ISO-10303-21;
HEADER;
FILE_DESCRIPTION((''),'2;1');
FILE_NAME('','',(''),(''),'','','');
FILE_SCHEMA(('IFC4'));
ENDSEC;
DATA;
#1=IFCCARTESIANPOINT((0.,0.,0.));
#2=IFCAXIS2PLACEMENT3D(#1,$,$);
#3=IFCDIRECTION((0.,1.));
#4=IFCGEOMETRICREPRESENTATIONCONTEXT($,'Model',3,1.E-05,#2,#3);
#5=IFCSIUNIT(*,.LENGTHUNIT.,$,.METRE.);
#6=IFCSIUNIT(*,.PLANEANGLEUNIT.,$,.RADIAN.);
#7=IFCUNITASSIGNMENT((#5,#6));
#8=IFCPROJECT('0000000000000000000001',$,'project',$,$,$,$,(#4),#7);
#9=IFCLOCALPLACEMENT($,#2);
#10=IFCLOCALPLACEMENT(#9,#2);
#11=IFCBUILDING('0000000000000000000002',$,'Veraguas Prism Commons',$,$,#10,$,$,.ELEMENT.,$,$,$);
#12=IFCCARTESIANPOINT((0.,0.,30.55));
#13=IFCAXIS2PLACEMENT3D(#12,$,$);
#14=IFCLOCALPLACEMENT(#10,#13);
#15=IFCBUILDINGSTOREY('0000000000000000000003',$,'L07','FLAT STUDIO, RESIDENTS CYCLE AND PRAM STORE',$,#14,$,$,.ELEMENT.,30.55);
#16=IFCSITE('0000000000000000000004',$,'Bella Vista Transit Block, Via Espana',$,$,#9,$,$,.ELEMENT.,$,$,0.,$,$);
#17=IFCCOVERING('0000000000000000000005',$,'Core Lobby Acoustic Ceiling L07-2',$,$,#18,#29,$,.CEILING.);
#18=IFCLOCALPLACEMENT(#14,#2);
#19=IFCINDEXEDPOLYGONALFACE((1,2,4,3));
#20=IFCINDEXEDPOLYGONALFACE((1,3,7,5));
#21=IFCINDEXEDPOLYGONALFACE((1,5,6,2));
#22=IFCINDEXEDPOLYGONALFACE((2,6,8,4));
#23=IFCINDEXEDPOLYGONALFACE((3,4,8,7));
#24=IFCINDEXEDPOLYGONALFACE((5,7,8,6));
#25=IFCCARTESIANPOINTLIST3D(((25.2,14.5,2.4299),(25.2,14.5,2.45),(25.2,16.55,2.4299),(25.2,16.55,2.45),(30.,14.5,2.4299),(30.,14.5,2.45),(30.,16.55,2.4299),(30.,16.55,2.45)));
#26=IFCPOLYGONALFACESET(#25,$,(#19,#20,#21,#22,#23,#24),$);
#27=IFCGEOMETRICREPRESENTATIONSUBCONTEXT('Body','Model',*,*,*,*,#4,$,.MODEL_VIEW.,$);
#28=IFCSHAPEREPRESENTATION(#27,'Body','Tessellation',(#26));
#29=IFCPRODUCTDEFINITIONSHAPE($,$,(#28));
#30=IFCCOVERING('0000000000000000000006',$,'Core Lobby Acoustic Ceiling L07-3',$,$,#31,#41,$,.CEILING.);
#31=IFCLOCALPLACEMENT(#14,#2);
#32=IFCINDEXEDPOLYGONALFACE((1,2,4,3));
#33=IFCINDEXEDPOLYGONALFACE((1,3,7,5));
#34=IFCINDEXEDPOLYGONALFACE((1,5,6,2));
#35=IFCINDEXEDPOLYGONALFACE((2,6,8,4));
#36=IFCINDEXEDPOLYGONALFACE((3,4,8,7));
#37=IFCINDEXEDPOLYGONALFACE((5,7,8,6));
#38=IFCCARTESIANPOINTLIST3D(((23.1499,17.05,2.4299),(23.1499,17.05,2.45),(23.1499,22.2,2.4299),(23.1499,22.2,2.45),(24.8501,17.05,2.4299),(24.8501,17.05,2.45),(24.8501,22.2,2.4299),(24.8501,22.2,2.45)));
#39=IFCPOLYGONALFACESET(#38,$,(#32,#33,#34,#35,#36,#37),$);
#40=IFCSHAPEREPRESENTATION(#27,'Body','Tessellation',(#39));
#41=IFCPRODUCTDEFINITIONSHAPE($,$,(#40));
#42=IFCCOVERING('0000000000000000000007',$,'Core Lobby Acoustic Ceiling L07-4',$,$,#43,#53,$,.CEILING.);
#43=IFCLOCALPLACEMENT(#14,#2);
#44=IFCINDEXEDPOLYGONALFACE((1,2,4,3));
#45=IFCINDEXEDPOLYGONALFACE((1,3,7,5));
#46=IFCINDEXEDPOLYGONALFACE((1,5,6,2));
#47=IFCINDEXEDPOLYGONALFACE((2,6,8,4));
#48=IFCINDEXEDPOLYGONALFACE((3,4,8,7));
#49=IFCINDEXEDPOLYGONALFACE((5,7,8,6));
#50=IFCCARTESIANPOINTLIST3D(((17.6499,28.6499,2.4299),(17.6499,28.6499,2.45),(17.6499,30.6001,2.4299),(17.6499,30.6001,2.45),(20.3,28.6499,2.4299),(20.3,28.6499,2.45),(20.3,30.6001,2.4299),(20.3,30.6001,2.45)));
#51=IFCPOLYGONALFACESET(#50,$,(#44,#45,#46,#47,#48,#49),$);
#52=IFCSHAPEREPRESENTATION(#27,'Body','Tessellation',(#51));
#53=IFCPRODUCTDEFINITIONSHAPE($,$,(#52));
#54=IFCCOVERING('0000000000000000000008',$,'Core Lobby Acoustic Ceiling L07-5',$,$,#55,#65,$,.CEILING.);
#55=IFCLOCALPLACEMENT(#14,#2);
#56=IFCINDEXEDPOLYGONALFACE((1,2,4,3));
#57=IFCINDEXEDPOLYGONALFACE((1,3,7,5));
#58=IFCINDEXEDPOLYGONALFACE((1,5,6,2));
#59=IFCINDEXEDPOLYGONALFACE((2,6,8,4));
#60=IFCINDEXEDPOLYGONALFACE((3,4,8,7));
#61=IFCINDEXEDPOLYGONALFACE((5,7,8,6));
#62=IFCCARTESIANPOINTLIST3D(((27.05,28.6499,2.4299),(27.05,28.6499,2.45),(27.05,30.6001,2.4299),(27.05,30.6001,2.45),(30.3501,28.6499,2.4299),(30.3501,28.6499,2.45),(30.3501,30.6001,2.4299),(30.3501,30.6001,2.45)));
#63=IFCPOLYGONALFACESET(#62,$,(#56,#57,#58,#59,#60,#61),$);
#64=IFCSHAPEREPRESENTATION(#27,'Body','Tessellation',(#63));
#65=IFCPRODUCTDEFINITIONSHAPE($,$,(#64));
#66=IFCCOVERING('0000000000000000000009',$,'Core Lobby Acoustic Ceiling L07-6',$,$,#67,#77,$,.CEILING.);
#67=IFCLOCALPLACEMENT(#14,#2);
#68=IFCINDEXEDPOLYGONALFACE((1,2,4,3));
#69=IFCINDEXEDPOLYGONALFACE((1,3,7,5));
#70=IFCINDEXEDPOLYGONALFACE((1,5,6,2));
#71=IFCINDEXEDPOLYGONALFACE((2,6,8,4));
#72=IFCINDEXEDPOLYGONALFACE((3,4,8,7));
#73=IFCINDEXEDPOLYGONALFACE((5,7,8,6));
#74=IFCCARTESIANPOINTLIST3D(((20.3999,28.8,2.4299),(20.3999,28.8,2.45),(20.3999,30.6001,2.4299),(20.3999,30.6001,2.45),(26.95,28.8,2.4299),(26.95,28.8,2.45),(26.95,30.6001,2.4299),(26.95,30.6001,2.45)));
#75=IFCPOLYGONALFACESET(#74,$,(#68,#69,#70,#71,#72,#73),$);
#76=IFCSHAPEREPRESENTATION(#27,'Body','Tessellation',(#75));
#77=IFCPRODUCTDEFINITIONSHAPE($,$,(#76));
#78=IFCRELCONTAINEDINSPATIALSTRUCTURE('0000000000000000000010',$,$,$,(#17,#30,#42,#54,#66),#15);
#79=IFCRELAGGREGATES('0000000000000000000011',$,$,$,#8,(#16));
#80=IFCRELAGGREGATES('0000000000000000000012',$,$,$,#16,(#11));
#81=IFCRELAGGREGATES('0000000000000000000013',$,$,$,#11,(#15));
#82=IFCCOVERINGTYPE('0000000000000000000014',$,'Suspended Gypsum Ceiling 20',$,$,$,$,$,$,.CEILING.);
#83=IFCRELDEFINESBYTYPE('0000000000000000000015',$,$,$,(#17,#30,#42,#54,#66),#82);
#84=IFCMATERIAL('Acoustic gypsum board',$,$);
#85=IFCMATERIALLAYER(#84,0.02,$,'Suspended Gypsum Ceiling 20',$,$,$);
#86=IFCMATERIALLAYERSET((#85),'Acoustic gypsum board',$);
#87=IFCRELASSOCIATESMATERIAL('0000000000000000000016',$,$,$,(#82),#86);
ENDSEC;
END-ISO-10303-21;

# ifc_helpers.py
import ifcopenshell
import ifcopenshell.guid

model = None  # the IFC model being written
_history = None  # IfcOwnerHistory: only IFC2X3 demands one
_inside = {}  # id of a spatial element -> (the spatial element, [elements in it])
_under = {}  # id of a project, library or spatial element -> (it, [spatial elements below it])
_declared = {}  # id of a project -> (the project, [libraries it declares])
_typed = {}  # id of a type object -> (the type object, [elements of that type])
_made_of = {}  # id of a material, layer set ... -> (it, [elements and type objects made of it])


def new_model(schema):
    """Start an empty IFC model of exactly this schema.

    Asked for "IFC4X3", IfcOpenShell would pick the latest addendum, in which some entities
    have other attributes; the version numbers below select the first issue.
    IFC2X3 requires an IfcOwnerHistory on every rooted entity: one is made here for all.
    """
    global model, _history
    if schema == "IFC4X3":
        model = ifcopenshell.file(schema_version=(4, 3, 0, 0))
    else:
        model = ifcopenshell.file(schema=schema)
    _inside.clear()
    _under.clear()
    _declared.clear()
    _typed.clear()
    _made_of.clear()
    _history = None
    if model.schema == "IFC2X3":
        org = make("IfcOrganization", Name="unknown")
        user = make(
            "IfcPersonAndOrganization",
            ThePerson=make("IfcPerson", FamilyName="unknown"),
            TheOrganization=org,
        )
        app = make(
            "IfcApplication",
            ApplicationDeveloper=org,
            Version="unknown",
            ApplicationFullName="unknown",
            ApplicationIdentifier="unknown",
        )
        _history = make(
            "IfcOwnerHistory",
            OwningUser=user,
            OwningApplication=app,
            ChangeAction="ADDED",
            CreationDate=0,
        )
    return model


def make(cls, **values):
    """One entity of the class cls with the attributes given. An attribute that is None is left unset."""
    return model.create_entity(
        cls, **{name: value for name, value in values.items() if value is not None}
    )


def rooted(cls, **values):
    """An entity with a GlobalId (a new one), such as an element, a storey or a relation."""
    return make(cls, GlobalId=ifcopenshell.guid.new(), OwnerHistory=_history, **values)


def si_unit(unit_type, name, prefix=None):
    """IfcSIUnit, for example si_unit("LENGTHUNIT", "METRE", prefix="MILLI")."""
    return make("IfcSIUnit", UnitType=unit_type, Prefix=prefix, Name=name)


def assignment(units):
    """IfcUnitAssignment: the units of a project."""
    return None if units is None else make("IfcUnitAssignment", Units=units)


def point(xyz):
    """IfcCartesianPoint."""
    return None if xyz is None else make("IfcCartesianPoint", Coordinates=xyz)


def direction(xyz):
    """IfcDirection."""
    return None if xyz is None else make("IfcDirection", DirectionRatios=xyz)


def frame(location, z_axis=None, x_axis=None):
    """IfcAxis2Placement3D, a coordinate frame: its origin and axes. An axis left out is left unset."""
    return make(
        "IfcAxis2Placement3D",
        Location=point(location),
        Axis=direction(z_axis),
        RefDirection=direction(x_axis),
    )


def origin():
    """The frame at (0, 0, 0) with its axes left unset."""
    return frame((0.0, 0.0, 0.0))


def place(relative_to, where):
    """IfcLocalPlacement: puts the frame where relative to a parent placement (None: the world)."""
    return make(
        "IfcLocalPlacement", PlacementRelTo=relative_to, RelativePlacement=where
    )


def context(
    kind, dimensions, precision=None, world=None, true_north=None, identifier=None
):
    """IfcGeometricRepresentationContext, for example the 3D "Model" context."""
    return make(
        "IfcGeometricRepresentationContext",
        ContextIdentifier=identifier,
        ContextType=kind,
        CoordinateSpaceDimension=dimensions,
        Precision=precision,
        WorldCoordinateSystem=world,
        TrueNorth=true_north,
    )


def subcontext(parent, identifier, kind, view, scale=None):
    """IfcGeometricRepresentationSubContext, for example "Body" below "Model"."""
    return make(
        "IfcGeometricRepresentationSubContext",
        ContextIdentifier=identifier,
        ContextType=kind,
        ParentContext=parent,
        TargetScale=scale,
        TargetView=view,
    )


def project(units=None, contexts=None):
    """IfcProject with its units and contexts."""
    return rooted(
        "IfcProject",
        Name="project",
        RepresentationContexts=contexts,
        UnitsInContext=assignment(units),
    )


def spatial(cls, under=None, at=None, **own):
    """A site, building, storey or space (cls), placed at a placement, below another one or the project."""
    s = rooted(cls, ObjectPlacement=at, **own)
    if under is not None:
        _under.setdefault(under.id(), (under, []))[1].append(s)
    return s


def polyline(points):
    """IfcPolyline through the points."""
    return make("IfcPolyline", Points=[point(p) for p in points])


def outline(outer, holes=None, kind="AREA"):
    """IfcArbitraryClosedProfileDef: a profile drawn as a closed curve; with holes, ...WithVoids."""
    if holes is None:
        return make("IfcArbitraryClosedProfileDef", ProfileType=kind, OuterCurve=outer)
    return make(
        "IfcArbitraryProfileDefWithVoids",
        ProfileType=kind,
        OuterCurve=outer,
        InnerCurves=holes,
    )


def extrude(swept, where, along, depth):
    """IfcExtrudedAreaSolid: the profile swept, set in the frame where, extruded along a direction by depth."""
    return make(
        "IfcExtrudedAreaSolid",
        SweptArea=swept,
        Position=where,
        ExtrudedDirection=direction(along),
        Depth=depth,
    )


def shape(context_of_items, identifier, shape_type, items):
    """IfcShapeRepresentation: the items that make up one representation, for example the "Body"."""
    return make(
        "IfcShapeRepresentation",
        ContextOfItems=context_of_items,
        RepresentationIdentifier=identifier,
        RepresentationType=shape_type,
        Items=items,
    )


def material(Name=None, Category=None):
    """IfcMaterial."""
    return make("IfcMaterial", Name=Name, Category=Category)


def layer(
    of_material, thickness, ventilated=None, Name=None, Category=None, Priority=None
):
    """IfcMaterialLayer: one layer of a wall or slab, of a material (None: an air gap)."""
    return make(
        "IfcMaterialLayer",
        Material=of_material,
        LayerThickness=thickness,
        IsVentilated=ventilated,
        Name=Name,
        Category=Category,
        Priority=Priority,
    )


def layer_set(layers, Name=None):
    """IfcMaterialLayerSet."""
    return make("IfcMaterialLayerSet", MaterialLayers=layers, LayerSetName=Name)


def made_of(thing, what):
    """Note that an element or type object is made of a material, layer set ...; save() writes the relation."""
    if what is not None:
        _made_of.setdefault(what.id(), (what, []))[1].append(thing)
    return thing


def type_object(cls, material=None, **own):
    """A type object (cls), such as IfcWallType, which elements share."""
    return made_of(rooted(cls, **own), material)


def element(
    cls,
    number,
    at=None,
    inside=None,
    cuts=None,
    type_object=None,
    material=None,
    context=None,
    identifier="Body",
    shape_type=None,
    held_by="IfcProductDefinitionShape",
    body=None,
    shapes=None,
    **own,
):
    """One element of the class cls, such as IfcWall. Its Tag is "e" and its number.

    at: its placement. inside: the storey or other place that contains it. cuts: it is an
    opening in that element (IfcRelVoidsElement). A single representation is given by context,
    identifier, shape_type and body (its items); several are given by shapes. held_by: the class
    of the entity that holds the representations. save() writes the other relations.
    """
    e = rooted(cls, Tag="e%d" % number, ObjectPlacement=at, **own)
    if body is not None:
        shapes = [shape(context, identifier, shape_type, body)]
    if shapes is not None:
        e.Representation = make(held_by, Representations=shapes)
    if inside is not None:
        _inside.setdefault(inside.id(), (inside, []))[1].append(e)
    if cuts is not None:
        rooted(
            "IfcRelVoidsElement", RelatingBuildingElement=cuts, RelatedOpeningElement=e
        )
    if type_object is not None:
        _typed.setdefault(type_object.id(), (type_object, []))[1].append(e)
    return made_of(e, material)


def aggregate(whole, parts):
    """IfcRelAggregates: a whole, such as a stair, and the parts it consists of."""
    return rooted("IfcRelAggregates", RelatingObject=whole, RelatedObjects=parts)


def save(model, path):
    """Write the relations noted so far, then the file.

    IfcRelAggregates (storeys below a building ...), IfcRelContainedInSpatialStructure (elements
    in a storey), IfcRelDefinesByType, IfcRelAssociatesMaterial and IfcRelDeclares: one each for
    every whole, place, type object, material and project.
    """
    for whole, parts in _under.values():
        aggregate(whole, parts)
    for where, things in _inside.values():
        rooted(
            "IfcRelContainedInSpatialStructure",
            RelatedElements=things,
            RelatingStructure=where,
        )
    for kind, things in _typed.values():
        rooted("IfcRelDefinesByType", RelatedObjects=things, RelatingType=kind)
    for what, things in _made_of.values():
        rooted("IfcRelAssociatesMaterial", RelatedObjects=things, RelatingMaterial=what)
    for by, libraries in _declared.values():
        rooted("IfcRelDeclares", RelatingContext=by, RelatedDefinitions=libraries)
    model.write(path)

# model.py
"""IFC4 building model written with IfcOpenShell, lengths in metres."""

from ifc_helpers import new_model, si_unit, direction, frame, origin, place, context, subcontext, project, spatial, polyline, outline, extrude, material, layer, layer_set, type_object, element, save


model = new_model("IFC4")

# Units and contexts
model_context = context("Model", 3, precision=1e-05, world=origin(), true_north=direction((0.0, 1.0)))
body_context = subcontext(model_context, "Body", "Model", "MODEL_VIEW")
ifc_project = project(units=[si_unit("LENGTHUNIT", "METRE"), si_unit("PLANEANGLEUNIT", "RADIAN")], contexts=[model_context])

# Site, building, storey
site_placement = place(None, origin())
site = spatial("IfcSite", under=ifc_project, at=site_placement, Name="Bella Vista Transit Block, Via Espana", CompositionType="ELEMENT", RefElevation=0.0)
building_placement = place(site_placement, origin())
building = spatial("IfcBuilding", under=site, at=building_placement, Name="Veraguas Prism Commons", CompositionType="ELEMENT")
storey_placement = place(building_placement, frame((0.0, 0.0, 30.55)))
storey = spatial("IfcBuildingStorey", under=building, at=storey_placement, Name="L07", Description="FLAT STUDIO, RESIDENTS CYCLE AND PRAM STORE", CompositionType="ELEMENT", Elevation=30.55)

# Coverings
ifc_material_1 = material(Name="Acoustic gypsum board")
ifc_layer_1 = layer(ifc_material_1, 0.02, Name="Suspended Gypsum Ceiling 20")
ifc_layer_set_1 = layer_set([ifc_layer_1], Name="Acoustic gypsum board")
covering_type_1 = type_object("IfcCoveringType", Name="Suspended Gypsum Ceiling 20", PredefinedType="CEILING", material=ifc_layer_set_1)
covering_1_placement = place(storey_placement, frame((0.0, 0.0, 2.4299)))
element("IfcCovering", 1, at=covering_1_placement, inside=storey, type_object=covering_type_1, Name="Core Lobby Acoustic Ceiling L07-2", PredefinedType="CEILING", context=body_context, shape_type="SweptSolid", body=[
    extrude(outline(polyline([(25.2, 14.5), (30.0, 14.5), (30.0, 16.55), (25.2, 16.55), (25.2, 14.5)])), origin(), (0.0, 0.0, 1.0), 0.02),
])
covering_2_placement = place(storey_placement, frame((0.0, 0.0, 2.4299)))
element("IfcCovering", 2, at=covering_2_placement, inside=storey, type_object=covering_type_1, Name="Core Lobby Acoustic Ceiling L07-3", PredefinedType="CEILING", context=body_context, shape_type="SweptSolid", body=[
    extrude(outline(polyline([(23.1499, 17.05), (24.8501, 17.05), (24.8501, 22.2), (23.1499, 22.2), (23.1499, 17.05)])), origin(), (0.0, 0.0, 1.0), 0.02),
])
covering_3_placement = place(storey_placement, frame((0.0, 0.0, 2.4299)))
element("IfcCovering", 3, at=covering_3_placement, inside=storey, type_object=covering_type_1, Name="Core Lobby Acoustic Ceiling L07-4", PredefinedType="CEILING", context=body_context, shape_type="SweptSolid", body=[
    extrude(outline(polyline([(17.6499, 28.6499), (20.3, 28.6499), (20.3, 30.6001), (17.6499, 30.6001), (17.6499, 28.6499)])), origin(), (0.0, 0.0, 1.0), 0.02),
])
covering_4_placement = place(storey_placement, frame((0.0, 0.0, 2.4299)))
element("IfcCovering", 4, at=covering_4_placement, inside=storey, type_object=covering_type_1, Name="Core Lobby Acoustic Ceiling L07-5", PredefinedType="CEILING", context=body_context, shape_type="SweptSolid", body=[
    extrude(outline(polyline([(27.05, 28.6499), (30.3501, 28.6499), (30.3501, 30.6001), (27.05, 30.6001), (27.05, 28.6499)])), origin(), (0.0, 0.0, 1.0), 0.02),
])
covering_5_placement = place(storey_placement, frame((0.0, 0.0, 2.4299)))
element("IfcCovering", 5, at=covering_5_placement, inside=storey, type_object=covering_type_1, Name="Core Lobby Acoustic Ceiling L07-6", PredefinedType="CEILING", context=body_context, shape_type="SweptSolid", body=[
    extrude(outline(polyline([(20.3999, 28.8), (26.95, 28.8), (26.95, 30.6001), (20.3999, 30.6001), (20.3999, 28.8)])), origin(), (0.0, 0.0, 1.0), 0.02),
])

save(model, "model.ifc")
